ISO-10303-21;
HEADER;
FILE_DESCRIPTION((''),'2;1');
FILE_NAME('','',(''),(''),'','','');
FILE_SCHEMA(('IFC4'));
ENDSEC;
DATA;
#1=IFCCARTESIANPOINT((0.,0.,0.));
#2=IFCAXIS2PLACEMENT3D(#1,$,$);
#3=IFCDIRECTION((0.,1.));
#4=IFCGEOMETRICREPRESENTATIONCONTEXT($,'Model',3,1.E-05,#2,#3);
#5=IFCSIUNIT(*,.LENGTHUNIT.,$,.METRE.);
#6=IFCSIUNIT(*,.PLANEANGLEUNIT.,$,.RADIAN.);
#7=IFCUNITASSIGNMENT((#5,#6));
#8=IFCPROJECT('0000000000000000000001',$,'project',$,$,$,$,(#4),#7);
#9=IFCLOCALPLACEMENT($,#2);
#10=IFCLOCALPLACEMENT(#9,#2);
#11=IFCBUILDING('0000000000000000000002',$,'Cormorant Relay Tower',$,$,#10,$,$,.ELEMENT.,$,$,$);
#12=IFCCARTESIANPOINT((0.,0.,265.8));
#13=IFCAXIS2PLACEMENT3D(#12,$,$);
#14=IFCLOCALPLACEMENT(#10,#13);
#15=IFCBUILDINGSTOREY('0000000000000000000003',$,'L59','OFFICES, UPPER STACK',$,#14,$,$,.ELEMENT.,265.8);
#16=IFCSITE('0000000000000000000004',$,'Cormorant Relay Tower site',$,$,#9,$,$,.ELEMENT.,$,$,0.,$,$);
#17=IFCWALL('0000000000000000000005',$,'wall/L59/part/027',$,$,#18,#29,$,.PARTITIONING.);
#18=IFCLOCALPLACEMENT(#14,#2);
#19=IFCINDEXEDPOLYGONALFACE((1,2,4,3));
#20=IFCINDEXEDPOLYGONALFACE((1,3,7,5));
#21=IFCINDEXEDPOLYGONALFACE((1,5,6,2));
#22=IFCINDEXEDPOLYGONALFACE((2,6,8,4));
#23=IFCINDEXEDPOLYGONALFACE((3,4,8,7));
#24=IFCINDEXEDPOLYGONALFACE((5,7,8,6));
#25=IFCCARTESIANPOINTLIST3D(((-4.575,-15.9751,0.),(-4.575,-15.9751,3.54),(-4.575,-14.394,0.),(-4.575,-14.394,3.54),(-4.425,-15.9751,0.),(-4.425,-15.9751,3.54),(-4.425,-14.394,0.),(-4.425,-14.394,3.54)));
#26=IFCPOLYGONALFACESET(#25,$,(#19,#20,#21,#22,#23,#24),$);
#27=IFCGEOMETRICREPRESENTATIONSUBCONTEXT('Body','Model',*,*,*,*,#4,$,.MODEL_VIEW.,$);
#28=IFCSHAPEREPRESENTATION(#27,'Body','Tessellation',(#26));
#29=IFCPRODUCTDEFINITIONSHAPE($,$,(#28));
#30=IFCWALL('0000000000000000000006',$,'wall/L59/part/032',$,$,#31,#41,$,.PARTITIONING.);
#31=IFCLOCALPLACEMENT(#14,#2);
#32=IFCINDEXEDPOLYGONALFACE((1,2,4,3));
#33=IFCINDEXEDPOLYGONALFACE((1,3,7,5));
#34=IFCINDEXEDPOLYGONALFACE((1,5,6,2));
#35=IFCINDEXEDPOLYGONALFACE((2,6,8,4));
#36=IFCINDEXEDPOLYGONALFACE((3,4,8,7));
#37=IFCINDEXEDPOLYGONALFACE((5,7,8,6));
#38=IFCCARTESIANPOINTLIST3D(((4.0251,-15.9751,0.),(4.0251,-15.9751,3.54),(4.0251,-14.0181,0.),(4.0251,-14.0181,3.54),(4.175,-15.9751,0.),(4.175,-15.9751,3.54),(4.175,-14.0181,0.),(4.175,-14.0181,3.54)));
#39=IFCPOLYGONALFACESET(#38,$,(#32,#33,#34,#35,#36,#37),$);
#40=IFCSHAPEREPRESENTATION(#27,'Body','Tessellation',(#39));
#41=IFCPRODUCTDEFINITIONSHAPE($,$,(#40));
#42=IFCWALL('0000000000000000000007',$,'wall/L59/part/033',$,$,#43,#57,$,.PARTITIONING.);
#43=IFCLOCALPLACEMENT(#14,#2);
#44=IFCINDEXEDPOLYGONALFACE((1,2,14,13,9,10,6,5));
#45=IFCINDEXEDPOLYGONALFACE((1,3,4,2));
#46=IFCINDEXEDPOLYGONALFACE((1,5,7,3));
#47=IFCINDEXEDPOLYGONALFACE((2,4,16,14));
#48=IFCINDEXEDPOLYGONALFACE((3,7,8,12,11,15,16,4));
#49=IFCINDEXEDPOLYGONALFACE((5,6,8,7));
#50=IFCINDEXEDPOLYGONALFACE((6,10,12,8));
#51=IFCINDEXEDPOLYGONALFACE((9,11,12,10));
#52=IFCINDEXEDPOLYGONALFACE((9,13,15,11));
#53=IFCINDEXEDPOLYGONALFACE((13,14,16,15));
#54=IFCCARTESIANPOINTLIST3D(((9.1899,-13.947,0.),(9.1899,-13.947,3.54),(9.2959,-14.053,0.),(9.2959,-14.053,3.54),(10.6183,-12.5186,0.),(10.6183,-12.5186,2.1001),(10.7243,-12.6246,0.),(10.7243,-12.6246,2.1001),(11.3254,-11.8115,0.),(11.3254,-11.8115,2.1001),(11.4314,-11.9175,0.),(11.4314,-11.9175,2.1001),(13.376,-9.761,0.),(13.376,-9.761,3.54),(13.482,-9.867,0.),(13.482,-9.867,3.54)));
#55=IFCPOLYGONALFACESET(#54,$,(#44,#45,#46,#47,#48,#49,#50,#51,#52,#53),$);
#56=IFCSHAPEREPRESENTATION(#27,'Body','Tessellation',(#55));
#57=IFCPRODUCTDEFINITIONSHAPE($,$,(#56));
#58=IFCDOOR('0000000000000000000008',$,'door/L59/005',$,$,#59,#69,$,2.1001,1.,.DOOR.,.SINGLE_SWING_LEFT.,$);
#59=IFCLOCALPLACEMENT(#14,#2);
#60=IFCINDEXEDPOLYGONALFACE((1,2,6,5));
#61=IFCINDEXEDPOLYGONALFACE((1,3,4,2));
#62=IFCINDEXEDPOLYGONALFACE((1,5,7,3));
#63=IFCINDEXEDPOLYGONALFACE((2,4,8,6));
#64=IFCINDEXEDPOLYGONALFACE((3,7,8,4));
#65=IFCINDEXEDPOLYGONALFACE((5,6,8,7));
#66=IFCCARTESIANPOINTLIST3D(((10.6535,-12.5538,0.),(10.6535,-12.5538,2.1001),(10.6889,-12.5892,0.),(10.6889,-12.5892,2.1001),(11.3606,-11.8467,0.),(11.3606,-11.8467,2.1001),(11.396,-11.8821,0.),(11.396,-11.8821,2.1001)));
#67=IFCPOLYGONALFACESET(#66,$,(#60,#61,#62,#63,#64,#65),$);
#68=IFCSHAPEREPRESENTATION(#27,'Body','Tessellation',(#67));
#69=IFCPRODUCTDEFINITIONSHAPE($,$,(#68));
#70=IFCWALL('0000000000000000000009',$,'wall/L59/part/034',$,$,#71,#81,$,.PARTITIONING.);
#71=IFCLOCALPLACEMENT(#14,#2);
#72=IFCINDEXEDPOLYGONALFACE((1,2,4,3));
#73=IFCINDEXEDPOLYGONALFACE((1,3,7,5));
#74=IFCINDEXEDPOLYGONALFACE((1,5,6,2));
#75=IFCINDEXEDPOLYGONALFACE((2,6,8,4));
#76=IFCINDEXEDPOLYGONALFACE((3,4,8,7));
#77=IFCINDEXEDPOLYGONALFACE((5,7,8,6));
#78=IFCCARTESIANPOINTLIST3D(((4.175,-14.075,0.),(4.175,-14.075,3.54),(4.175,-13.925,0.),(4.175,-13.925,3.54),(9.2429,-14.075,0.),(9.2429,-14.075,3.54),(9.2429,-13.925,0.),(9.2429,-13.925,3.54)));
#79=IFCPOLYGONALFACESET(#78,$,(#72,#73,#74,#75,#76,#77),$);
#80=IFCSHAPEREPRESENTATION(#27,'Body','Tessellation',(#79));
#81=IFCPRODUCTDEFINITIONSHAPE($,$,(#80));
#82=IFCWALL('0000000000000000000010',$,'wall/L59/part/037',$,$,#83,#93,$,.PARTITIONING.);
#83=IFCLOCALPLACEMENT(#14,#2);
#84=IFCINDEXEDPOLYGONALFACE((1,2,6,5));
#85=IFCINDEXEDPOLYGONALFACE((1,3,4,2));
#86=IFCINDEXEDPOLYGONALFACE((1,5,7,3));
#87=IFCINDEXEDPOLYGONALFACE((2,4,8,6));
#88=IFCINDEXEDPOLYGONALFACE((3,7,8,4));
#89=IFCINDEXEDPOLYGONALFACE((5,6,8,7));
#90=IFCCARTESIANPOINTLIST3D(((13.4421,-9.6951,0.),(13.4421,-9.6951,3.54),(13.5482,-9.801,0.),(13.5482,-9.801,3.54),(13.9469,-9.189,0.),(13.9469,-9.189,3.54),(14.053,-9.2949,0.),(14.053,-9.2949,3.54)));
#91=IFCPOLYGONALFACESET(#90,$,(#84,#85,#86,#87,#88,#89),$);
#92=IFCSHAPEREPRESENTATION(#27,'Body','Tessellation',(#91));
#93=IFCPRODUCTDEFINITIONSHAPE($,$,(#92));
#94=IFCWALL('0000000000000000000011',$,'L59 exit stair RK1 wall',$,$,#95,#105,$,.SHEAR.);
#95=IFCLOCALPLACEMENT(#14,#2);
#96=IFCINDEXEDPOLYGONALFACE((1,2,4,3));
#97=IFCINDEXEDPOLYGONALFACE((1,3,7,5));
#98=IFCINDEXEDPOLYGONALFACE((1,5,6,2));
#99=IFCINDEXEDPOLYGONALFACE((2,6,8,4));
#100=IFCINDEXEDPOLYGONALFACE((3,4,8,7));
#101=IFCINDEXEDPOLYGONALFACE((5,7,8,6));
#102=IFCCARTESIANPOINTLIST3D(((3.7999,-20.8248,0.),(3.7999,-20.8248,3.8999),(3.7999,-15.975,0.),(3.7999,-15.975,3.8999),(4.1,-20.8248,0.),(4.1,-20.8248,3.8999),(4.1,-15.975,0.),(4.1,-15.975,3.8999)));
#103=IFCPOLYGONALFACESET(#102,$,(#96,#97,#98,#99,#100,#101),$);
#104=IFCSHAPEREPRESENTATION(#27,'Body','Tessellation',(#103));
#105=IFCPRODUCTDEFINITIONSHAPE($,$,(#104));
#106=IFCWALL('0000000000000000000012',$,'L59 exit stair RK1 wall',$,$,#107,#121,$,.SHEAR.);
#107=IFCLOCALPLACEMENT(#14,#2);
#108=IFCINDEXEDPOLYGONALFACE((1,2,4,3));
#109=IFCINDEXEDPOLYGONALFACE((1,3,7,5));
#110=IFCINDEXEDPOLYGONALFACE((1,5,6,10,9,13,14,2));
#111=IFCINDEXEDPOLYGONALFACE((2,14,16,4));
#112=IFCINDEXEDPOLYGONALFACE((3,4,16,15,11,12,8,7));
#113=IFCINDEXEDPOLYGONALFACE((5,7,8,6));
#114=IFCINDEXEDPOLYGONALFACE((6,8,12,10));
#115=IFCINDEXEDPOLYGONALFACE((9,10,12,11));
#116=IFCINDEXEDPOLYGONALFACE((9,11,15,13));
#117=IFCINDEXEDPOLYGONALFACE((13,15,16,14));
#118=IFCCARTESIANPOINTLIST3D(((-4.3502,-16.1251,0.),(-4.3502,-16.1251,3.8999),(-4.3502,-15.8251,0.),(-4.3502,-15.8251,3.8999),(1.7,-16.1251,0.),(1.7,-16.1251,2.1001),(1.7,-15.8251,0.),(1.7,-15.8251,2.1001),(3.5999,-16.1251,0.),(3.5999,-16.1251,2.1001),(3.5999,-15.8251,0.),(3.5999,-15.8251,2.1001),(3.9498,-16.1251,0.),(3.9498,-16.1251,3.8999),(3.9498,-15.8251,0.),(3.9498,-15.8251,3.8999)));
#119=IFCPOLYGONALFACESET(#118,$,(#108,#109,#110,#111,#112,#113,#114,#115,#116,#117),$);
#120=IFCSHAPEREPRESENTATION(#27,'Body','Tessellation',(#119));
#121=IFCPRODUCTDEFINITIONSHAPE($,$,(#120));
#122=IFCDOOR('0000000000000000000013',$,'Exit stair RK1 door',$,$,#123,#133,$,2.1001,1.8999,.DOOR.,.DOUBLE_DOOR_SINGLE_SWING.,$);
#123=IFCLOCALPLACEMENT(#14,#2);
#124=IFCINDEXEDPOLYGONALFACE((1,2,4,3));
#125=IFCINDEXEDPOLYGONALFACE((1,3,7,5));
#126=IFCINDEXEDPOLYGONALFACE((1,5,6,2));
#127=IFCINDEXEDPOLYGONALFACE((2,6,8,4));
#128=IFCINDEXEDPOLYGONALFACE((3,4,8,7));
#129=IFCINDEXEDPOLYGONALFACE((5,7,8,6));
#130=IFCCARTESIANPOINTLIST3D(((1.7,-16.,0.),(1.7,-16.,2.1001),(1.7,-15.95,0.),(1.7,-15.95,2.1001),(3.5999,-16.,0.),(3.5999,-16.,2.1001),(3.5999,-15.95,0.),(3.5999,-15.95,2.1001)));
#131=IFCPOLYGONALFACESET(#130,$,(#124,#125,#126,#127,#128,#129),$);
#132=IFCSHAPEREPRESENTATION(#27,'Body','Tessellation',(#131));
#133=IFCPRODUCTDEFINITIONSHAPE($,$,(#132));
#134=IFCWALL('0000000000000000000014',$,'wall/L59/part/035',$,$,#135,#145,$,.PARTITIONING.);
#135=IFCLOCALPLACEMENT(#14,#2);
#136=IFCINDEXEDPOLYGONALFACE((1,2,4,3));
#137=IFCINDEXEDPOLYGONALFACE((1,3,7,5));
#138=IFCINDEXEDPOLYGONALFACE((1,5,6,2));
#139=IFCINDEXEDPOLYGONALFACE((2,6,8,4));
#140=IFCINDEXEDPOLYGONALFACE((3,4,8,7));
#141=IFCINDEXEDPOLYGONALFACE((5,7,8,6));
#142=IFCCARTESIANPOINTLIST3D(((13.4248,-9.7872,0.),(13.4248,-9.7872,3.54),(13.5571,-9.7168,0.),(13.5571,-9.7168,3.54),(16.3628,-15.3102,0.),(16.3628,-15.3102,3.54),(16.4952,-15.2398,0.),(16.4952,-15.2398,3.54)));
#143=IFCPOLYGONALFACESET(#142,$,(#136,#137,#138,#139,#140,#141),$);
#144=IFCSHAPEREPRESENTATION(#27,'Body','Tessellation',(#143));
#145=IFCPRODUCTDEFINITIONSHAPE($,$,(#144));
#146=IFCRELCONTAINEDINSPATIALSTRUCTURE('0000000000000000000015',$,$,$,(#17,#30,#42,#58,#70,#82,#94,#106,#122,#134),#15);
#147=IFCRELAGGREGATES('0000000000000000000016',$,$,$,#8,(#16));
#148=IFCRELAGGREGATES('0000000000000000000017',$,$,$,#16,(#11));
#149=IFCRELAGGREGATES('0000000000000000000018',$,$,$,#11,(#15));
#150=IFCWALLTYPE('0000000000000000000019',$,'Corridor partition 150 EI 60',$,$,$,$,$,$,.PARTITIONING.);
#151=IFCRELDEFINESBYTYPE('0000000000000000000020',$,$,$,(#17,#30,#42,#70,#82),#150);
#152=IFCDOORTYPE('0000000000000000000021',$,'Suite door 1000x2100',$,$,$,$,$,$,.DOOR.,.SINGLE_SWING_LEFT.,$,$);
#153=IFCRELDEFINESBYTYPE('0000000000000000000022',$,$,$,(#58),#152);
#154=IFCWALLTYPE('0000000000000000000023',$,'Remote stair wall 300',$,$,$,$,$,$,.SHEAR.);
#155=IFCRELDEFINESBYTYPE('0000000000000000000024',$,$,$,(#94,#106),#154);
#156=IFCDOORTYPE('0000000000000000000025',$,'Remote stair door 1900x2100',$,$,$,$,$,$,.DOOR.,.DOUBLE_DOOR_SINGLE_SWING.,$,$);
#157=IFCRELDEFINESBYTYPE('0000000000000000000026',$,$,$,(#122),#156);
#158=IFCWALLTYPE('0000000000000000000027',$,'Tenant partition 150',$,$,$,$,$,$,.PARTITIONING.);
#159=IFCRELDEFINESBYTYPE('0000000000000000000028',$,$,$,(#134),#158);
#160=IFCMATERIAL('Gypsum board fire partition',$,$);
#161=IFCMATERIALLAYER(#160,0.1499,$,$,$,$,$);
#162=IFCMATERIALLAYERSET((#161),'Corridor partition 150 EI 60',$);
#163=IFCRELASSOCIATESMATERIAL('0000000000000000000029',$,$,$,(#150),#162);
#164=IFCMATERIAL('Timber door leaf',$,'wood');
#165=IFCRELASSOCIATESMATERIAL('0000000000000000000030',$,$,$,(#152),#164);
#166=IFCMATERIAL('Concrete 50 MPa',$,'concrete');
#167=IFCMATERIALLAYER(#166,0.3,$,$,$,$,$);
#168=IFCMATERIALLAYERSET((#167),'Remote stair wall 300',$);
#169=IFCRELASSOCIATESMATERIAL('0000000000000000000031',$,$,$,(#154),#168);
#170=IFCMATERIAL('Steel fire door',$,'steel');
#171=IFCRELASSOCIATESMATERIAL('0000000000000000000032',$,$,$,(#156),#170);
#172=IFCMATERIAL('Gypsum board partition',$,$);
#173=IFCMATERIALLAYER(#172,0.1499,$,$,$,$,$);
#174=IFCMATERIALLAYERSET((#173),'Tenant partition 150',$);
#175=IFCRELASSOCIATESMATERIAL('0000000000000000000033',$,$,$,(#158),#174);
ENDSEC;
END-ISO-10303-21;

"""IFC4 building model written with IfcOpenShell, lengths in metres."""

from ifc_helpers import new_model, si_unit, direction, frame, frame_2d, origin, place, context, subcontext, project, spatial, rectangle, extrude, material, layer, layer_set, type_object, element, fill, save


model = new_model("IFC4")

# Units and contexts
model_context = context("Model", 3, precision=1e-05, world=origin(), true_north=direction((0.0, 1.0)))
body_context = subcontext(model_context, "Body", "Model", "MODEL_VIEW")
ifc_project = project(units=[si_unit("LENGTHUNIT", "METRE"), si_unit("PLANEANGLEUNIT", "RADIAN")], contexts=[model_context])

# Site, building, storey
site_placement = place(None, origin())
site = spatial("IfcSite", under=ifc_project, at=site_placement, Name="Cormorant Relay Tower site", CompositionType="ELEMENT", RefElevation=0.0)
building_placement = place(site_placement, origin())
building = spatial("IfcBuilding", under=site, at=building_placement, Name="Cormorant Relay Tower", CompositionType="ELEMENT")
storey_placement = place(building_placement, frame((0.0, 0.0, 265.8)))
storey = spatial("IfcBuildingStorey", under=building, at=storey_placement, Name="L59", Description="OFFICES, UPPER STACK", CompositionType="ELEMENT", Elevation=265.8)

# Shared definitions
ifc_material_1 = material(Name="Gypsum board fire partition")
ifc_layer_1 = layer(ifc_material_1, 0.1499)
ifc_layer_set_1 = layer_set([ifc_layer_1], Name="Corridor partition 150 EI 60")
wall_type_1 = type_object("IfcWallType", Name="Corridor partition 150 EI 60", PredefinedType="PARTITIONING", material=ifc_layer_set_1)
ifc_material_2 = material(Name="Timber door leaf", Category="wood")
door_type_1 = type_object("IfcDoorType", Name="Suite door 1000x2100", OperationType="SINGLE_SWING_LEFT", PredefinedType="DOOR", material=ifc_material_2)

# Walls
wall_1_placement = place(storey_placement, frame((-4.5, -15.9751, 0.0), z_axis=(0.0, 0.0, 1.0), x_axis=(0.0, 1.0, 0.0)))
element("IfcWall", 1, at=wall_1_placement, inside=storey, type_object=wall_type_1, Name="wall/L59/part/027", PredefinedType="PARTITIONING", context=body_context, shape_type="SweptSolid", body=[
    extrude(rectangle(XDim=1.5811, YDim=0.1499, at=frame_2d((0.7905, 0.0))), origin(), (0.0, 0.0, 1.0), 3.54),
])
wall_2_placement = place(storey_placement, frame((4.1001, -15.9751, 0.0), z_axis=(0.0, 0.0, 1.0), x_axis=(0.0, 1.0, 0.0)))
element("IfcWall", 2, at=wall_2_placement, inside=storey, type_object=wall_type_1, Name="wall/L59/part/032", PredefinedType="PARTITIONING", context=body_context, shape_type="SweptSolid", body=[
    extrude(rectangle(XDim=1.957, YDim=0.1499, at=frame_2d((0.9785, 0.0))), origin(), (0.0, 0.0, 1.0), 3.54),
])

# Wall, opening, door
wall_3_placement = place(storey_placement, frame((13.429, -9.814, 0.0), z_axis=(0.0, 0.0, 1.0), x_axis=(-0.707107, -0.707107, 0.0)))
wall_3 = element("IfcWall", 3, at=wall_3_placement, inside=storey, type_object=wall_type_1, Name="wall/L59/part/033", PredefinedType="PARTITIONING", context=body_context, shape_type="SweptSolid", body=[
    extrude(rectangle(XDim=5.9199, YDim=0.1499, at=frame_2d((2.96, 0.0))), origin(), (0.0, 0.0, 1.0), 3.54),
])
opening_1_placement = place(wall_3_placement, frame((2.8999, 0.0, 0.0)))
opening_1 = element("IfcOpeningElement", 4, at=opening_1_placement, cuts=wall_3, PredefinedType="OPENING", context=body_context, shape_type="SweptSolid", body=[
    extrude(rectangle(XDim=1.0, YDim=2.1001, at=frame_2d((0.5, 1.05))), frame((0.0, 0.085, 0.0), z_axis=(0.0, -1.0, 0.0), x_axis=(1.0, 0.0, 0.0)), (0.0, 0.0, 1.0), 0.1699),
])
door_1_placement = place(opening_1_placement, origin())
door_1 = element("IfcDoor", 5, at=door_1_placement, inside=storey, type_object=door_type_1, Name="door/L59/005", OperationType="SINGLE_SWING_LEFT", OverallHeight=2.1001, OverallWidth=1.0, PredefinedType="DOOR", context=body_context, shape_type="SweptSolid", body=[
    extrude(rectangle(XDim=1.0, YDim=2.1001, at=frame_2d((0.5, 1.05))), frame((0.0, 0.0249, 0.0), z_axis=(0.0, -1.0, 0.0), x_axis=(1.0, 0.0, 0.0)), (0.0, 0.0, 1.0), 0.05),
])
fill(opening_1, door_1)

# Walls
wall_4_placement = place(storey_placement, frame((9.2429, -14.0, 0.0), z_axis=(0.0, 0.0, 1.0), x_axis=(-1.0, 0.0, 0.0)))
element("IfcWall", 6, at=wall_4_placement, inside=storey, type_object=wall_type_1, Name="wall/L59/part/034", PredefinedType="PARTITIONING", context=body_context, shape_type="SweptSolid", body=[
    extrude(rectangle(XDim=5.0679, YDim=0.1499, at=frame_2d((2.5339, 0.0))), origin(), (0.0, 0.0, 1.0), 3.54),
])
wall_5_placement = place(storey_placement, frame((13.4951, -9.748, 0.0), z_axis=(0.0, 0.0, 1.0), x_axis=(0.706252, 0.70796, 0.0)))
element("IfcWall", 7, at=wall_5_placement, inside=storey, type_object=wall_type_1, Name="wall/L59/part/037", PredefinedType="PARTITIONING", context=body_context, shape_type="SweptSolid", body=[
    extrude(rectangle(XDim=0.7148, YDim=0.1499, at=frame_2d((0.3574, 0.0))), origin(), (0.0, 0.0, 1.0), 3.54),
])
ifc_material_3 = material(Name="Concrete 50 MPa", Category="concrete")
ifc_layer_2 = layer(ifc_material_3, 0.3)
ifc_layer_set_2 = layer_set([ifc_layer_2], Name="Remote stair wall 300")
wall_type_2 = type_object("IfcWallType", Name="Remote stair wall 300", PredefinedType="SHEAR", material=ifc_layer_set_2)
wall_6_placement = place(storey_placement, frame((3.95, -15.9751, 0.0), z_axis=(0.0, 0.0, 1.0), x_axis=(0.0, -1.0, 0.0)))
element("IfcWall", 8, at=wall_6_placement, inside=storey, type_object=wall_type_2, Name="L59 exit stair RK1 wall", PredefinedType="SHEAR", context=body_context, shape_type="SweptSolid", body=[
    extrude(rectangle(XDim=4.8499, YDim=0.3, at=frame_2d((2.4248, 0.0))), origin(), (0.0, 0.0, 1.0), 3.8999),
])

# Wall, opening, door
wall_7_placement = place(storey_placement, frame((-4.3501, -15.9751, 0.0), z_axis=(0.0, 0.0, 1.0), x_axis=(1.0, 0.0, 0.0)))
wall_7 = element("IfcWall", 9, at=wall_7_placement, inside=storey, type_object=wall_type_2, Name="L59 exit stair RK1 wall", PredefinedType="SHEAR", context=body_context, shape_type="SweptSolid", body=[
    extrude(rectangle(XDim=8.3, YDim=0.3, at=frame_2d((4.1499, 0.0))), origin(), (0.0, 0.0, 1.0), 3.8999),
])
opening_2_placement = place(wall_7_placement, frame((6.05, 0.0, 0.0)))
opening_2 = element("IfcOpeningElement", 10, at=opening_2_placement, cuts=wall_7, PredefinedType="OPENING", context=body_context, shape_type="SweptSolid", body=[
    extrude(rectangle(XDim=1.8999, YDim=2.1001, at=frame_2d((0.95, 1.05))), frame((0.0, 0.1599, 0.0), z_axis=(0.0, -1.0, 0.0), x_axis=(1.0, 0.0, 0.0)), (0.0, 0.0, 1.0), 0.3201),
])
ifc_material_4 = material(Name="Steel fire door", Category="steel")
door_type_2 = type_object("IfcDoorType", Name="Remote stair door 1900x2100", OperationType="DOUBLE_DOOR_SINGLE_SWING", PredefinedType="DOOR", material=ifc_material_4)
door_2_placement = place(opening_2_placement, frame((1.8999, 0.0, 0.0), z_axis=(0.0, 0.0, 1.0), x_axis=(-1.0, 0.0, 0.0)))
door_2 = element("IfcDoor", 11, at=door_2_placement, inside=storey, type_object=door_type_2, Name="Exit stair RK1 door", OperationType="DOUBLE_DOOR_SINGLE_SWING", OverallHeight=2.1001, OverallWidth=1.8999, PredefinedType="DOOR", context=body_context, shape_type="SweptSolid", body=[
    extrude(rectangle(XDim=1.8999, YDim=2.1001, at=frame_2d((0.95, 1.05))), frame((0.0, 0.0249, 0.0), z_axis=(0.0, -1.0, 0.0), x_axis=(1.0, 0.0, 0.0)), (0.0, 0.0, 1.0), 0.05),
])
fill(opening_2, door_2)

# Wall
ifc_material_5 = material(Name="Gypsum board partition")
ifc_layer_3 = layer(ifc_material_5, 0.1499)
ifc_layer_set_3 = layer_set([ifc_layer_3], Name="Tenant partition 150")
wall_type_3 = type_object("IfcWallType", Name="Tenant partition 150", PredefinedType="PARTITIONING", material=ifc_layer_set_3)
wall_8_placement = place(storey_placement, frame((13.491, -9.752, 0.0), z_axis=(0.0, 0.0, 1.0), x_axis=(0.469644, -0.882856, 0.0)))
element("IfcWall", 12, at=wall_8_placement, inside=storey, type_object=wall_type_3, Name="wall/L59/part/035", PredefinedType="PARTITIONING", context=body_context, shape_type="SweptSolid", body=[
    extrude(rectangle(XDim=6.2559, YDim=0.1499, at=frame_2d((3.1279, 0.0))), origin(), (0.0, 0.0, 1.0), 3.54),
])

save(model, "model.ifc")
